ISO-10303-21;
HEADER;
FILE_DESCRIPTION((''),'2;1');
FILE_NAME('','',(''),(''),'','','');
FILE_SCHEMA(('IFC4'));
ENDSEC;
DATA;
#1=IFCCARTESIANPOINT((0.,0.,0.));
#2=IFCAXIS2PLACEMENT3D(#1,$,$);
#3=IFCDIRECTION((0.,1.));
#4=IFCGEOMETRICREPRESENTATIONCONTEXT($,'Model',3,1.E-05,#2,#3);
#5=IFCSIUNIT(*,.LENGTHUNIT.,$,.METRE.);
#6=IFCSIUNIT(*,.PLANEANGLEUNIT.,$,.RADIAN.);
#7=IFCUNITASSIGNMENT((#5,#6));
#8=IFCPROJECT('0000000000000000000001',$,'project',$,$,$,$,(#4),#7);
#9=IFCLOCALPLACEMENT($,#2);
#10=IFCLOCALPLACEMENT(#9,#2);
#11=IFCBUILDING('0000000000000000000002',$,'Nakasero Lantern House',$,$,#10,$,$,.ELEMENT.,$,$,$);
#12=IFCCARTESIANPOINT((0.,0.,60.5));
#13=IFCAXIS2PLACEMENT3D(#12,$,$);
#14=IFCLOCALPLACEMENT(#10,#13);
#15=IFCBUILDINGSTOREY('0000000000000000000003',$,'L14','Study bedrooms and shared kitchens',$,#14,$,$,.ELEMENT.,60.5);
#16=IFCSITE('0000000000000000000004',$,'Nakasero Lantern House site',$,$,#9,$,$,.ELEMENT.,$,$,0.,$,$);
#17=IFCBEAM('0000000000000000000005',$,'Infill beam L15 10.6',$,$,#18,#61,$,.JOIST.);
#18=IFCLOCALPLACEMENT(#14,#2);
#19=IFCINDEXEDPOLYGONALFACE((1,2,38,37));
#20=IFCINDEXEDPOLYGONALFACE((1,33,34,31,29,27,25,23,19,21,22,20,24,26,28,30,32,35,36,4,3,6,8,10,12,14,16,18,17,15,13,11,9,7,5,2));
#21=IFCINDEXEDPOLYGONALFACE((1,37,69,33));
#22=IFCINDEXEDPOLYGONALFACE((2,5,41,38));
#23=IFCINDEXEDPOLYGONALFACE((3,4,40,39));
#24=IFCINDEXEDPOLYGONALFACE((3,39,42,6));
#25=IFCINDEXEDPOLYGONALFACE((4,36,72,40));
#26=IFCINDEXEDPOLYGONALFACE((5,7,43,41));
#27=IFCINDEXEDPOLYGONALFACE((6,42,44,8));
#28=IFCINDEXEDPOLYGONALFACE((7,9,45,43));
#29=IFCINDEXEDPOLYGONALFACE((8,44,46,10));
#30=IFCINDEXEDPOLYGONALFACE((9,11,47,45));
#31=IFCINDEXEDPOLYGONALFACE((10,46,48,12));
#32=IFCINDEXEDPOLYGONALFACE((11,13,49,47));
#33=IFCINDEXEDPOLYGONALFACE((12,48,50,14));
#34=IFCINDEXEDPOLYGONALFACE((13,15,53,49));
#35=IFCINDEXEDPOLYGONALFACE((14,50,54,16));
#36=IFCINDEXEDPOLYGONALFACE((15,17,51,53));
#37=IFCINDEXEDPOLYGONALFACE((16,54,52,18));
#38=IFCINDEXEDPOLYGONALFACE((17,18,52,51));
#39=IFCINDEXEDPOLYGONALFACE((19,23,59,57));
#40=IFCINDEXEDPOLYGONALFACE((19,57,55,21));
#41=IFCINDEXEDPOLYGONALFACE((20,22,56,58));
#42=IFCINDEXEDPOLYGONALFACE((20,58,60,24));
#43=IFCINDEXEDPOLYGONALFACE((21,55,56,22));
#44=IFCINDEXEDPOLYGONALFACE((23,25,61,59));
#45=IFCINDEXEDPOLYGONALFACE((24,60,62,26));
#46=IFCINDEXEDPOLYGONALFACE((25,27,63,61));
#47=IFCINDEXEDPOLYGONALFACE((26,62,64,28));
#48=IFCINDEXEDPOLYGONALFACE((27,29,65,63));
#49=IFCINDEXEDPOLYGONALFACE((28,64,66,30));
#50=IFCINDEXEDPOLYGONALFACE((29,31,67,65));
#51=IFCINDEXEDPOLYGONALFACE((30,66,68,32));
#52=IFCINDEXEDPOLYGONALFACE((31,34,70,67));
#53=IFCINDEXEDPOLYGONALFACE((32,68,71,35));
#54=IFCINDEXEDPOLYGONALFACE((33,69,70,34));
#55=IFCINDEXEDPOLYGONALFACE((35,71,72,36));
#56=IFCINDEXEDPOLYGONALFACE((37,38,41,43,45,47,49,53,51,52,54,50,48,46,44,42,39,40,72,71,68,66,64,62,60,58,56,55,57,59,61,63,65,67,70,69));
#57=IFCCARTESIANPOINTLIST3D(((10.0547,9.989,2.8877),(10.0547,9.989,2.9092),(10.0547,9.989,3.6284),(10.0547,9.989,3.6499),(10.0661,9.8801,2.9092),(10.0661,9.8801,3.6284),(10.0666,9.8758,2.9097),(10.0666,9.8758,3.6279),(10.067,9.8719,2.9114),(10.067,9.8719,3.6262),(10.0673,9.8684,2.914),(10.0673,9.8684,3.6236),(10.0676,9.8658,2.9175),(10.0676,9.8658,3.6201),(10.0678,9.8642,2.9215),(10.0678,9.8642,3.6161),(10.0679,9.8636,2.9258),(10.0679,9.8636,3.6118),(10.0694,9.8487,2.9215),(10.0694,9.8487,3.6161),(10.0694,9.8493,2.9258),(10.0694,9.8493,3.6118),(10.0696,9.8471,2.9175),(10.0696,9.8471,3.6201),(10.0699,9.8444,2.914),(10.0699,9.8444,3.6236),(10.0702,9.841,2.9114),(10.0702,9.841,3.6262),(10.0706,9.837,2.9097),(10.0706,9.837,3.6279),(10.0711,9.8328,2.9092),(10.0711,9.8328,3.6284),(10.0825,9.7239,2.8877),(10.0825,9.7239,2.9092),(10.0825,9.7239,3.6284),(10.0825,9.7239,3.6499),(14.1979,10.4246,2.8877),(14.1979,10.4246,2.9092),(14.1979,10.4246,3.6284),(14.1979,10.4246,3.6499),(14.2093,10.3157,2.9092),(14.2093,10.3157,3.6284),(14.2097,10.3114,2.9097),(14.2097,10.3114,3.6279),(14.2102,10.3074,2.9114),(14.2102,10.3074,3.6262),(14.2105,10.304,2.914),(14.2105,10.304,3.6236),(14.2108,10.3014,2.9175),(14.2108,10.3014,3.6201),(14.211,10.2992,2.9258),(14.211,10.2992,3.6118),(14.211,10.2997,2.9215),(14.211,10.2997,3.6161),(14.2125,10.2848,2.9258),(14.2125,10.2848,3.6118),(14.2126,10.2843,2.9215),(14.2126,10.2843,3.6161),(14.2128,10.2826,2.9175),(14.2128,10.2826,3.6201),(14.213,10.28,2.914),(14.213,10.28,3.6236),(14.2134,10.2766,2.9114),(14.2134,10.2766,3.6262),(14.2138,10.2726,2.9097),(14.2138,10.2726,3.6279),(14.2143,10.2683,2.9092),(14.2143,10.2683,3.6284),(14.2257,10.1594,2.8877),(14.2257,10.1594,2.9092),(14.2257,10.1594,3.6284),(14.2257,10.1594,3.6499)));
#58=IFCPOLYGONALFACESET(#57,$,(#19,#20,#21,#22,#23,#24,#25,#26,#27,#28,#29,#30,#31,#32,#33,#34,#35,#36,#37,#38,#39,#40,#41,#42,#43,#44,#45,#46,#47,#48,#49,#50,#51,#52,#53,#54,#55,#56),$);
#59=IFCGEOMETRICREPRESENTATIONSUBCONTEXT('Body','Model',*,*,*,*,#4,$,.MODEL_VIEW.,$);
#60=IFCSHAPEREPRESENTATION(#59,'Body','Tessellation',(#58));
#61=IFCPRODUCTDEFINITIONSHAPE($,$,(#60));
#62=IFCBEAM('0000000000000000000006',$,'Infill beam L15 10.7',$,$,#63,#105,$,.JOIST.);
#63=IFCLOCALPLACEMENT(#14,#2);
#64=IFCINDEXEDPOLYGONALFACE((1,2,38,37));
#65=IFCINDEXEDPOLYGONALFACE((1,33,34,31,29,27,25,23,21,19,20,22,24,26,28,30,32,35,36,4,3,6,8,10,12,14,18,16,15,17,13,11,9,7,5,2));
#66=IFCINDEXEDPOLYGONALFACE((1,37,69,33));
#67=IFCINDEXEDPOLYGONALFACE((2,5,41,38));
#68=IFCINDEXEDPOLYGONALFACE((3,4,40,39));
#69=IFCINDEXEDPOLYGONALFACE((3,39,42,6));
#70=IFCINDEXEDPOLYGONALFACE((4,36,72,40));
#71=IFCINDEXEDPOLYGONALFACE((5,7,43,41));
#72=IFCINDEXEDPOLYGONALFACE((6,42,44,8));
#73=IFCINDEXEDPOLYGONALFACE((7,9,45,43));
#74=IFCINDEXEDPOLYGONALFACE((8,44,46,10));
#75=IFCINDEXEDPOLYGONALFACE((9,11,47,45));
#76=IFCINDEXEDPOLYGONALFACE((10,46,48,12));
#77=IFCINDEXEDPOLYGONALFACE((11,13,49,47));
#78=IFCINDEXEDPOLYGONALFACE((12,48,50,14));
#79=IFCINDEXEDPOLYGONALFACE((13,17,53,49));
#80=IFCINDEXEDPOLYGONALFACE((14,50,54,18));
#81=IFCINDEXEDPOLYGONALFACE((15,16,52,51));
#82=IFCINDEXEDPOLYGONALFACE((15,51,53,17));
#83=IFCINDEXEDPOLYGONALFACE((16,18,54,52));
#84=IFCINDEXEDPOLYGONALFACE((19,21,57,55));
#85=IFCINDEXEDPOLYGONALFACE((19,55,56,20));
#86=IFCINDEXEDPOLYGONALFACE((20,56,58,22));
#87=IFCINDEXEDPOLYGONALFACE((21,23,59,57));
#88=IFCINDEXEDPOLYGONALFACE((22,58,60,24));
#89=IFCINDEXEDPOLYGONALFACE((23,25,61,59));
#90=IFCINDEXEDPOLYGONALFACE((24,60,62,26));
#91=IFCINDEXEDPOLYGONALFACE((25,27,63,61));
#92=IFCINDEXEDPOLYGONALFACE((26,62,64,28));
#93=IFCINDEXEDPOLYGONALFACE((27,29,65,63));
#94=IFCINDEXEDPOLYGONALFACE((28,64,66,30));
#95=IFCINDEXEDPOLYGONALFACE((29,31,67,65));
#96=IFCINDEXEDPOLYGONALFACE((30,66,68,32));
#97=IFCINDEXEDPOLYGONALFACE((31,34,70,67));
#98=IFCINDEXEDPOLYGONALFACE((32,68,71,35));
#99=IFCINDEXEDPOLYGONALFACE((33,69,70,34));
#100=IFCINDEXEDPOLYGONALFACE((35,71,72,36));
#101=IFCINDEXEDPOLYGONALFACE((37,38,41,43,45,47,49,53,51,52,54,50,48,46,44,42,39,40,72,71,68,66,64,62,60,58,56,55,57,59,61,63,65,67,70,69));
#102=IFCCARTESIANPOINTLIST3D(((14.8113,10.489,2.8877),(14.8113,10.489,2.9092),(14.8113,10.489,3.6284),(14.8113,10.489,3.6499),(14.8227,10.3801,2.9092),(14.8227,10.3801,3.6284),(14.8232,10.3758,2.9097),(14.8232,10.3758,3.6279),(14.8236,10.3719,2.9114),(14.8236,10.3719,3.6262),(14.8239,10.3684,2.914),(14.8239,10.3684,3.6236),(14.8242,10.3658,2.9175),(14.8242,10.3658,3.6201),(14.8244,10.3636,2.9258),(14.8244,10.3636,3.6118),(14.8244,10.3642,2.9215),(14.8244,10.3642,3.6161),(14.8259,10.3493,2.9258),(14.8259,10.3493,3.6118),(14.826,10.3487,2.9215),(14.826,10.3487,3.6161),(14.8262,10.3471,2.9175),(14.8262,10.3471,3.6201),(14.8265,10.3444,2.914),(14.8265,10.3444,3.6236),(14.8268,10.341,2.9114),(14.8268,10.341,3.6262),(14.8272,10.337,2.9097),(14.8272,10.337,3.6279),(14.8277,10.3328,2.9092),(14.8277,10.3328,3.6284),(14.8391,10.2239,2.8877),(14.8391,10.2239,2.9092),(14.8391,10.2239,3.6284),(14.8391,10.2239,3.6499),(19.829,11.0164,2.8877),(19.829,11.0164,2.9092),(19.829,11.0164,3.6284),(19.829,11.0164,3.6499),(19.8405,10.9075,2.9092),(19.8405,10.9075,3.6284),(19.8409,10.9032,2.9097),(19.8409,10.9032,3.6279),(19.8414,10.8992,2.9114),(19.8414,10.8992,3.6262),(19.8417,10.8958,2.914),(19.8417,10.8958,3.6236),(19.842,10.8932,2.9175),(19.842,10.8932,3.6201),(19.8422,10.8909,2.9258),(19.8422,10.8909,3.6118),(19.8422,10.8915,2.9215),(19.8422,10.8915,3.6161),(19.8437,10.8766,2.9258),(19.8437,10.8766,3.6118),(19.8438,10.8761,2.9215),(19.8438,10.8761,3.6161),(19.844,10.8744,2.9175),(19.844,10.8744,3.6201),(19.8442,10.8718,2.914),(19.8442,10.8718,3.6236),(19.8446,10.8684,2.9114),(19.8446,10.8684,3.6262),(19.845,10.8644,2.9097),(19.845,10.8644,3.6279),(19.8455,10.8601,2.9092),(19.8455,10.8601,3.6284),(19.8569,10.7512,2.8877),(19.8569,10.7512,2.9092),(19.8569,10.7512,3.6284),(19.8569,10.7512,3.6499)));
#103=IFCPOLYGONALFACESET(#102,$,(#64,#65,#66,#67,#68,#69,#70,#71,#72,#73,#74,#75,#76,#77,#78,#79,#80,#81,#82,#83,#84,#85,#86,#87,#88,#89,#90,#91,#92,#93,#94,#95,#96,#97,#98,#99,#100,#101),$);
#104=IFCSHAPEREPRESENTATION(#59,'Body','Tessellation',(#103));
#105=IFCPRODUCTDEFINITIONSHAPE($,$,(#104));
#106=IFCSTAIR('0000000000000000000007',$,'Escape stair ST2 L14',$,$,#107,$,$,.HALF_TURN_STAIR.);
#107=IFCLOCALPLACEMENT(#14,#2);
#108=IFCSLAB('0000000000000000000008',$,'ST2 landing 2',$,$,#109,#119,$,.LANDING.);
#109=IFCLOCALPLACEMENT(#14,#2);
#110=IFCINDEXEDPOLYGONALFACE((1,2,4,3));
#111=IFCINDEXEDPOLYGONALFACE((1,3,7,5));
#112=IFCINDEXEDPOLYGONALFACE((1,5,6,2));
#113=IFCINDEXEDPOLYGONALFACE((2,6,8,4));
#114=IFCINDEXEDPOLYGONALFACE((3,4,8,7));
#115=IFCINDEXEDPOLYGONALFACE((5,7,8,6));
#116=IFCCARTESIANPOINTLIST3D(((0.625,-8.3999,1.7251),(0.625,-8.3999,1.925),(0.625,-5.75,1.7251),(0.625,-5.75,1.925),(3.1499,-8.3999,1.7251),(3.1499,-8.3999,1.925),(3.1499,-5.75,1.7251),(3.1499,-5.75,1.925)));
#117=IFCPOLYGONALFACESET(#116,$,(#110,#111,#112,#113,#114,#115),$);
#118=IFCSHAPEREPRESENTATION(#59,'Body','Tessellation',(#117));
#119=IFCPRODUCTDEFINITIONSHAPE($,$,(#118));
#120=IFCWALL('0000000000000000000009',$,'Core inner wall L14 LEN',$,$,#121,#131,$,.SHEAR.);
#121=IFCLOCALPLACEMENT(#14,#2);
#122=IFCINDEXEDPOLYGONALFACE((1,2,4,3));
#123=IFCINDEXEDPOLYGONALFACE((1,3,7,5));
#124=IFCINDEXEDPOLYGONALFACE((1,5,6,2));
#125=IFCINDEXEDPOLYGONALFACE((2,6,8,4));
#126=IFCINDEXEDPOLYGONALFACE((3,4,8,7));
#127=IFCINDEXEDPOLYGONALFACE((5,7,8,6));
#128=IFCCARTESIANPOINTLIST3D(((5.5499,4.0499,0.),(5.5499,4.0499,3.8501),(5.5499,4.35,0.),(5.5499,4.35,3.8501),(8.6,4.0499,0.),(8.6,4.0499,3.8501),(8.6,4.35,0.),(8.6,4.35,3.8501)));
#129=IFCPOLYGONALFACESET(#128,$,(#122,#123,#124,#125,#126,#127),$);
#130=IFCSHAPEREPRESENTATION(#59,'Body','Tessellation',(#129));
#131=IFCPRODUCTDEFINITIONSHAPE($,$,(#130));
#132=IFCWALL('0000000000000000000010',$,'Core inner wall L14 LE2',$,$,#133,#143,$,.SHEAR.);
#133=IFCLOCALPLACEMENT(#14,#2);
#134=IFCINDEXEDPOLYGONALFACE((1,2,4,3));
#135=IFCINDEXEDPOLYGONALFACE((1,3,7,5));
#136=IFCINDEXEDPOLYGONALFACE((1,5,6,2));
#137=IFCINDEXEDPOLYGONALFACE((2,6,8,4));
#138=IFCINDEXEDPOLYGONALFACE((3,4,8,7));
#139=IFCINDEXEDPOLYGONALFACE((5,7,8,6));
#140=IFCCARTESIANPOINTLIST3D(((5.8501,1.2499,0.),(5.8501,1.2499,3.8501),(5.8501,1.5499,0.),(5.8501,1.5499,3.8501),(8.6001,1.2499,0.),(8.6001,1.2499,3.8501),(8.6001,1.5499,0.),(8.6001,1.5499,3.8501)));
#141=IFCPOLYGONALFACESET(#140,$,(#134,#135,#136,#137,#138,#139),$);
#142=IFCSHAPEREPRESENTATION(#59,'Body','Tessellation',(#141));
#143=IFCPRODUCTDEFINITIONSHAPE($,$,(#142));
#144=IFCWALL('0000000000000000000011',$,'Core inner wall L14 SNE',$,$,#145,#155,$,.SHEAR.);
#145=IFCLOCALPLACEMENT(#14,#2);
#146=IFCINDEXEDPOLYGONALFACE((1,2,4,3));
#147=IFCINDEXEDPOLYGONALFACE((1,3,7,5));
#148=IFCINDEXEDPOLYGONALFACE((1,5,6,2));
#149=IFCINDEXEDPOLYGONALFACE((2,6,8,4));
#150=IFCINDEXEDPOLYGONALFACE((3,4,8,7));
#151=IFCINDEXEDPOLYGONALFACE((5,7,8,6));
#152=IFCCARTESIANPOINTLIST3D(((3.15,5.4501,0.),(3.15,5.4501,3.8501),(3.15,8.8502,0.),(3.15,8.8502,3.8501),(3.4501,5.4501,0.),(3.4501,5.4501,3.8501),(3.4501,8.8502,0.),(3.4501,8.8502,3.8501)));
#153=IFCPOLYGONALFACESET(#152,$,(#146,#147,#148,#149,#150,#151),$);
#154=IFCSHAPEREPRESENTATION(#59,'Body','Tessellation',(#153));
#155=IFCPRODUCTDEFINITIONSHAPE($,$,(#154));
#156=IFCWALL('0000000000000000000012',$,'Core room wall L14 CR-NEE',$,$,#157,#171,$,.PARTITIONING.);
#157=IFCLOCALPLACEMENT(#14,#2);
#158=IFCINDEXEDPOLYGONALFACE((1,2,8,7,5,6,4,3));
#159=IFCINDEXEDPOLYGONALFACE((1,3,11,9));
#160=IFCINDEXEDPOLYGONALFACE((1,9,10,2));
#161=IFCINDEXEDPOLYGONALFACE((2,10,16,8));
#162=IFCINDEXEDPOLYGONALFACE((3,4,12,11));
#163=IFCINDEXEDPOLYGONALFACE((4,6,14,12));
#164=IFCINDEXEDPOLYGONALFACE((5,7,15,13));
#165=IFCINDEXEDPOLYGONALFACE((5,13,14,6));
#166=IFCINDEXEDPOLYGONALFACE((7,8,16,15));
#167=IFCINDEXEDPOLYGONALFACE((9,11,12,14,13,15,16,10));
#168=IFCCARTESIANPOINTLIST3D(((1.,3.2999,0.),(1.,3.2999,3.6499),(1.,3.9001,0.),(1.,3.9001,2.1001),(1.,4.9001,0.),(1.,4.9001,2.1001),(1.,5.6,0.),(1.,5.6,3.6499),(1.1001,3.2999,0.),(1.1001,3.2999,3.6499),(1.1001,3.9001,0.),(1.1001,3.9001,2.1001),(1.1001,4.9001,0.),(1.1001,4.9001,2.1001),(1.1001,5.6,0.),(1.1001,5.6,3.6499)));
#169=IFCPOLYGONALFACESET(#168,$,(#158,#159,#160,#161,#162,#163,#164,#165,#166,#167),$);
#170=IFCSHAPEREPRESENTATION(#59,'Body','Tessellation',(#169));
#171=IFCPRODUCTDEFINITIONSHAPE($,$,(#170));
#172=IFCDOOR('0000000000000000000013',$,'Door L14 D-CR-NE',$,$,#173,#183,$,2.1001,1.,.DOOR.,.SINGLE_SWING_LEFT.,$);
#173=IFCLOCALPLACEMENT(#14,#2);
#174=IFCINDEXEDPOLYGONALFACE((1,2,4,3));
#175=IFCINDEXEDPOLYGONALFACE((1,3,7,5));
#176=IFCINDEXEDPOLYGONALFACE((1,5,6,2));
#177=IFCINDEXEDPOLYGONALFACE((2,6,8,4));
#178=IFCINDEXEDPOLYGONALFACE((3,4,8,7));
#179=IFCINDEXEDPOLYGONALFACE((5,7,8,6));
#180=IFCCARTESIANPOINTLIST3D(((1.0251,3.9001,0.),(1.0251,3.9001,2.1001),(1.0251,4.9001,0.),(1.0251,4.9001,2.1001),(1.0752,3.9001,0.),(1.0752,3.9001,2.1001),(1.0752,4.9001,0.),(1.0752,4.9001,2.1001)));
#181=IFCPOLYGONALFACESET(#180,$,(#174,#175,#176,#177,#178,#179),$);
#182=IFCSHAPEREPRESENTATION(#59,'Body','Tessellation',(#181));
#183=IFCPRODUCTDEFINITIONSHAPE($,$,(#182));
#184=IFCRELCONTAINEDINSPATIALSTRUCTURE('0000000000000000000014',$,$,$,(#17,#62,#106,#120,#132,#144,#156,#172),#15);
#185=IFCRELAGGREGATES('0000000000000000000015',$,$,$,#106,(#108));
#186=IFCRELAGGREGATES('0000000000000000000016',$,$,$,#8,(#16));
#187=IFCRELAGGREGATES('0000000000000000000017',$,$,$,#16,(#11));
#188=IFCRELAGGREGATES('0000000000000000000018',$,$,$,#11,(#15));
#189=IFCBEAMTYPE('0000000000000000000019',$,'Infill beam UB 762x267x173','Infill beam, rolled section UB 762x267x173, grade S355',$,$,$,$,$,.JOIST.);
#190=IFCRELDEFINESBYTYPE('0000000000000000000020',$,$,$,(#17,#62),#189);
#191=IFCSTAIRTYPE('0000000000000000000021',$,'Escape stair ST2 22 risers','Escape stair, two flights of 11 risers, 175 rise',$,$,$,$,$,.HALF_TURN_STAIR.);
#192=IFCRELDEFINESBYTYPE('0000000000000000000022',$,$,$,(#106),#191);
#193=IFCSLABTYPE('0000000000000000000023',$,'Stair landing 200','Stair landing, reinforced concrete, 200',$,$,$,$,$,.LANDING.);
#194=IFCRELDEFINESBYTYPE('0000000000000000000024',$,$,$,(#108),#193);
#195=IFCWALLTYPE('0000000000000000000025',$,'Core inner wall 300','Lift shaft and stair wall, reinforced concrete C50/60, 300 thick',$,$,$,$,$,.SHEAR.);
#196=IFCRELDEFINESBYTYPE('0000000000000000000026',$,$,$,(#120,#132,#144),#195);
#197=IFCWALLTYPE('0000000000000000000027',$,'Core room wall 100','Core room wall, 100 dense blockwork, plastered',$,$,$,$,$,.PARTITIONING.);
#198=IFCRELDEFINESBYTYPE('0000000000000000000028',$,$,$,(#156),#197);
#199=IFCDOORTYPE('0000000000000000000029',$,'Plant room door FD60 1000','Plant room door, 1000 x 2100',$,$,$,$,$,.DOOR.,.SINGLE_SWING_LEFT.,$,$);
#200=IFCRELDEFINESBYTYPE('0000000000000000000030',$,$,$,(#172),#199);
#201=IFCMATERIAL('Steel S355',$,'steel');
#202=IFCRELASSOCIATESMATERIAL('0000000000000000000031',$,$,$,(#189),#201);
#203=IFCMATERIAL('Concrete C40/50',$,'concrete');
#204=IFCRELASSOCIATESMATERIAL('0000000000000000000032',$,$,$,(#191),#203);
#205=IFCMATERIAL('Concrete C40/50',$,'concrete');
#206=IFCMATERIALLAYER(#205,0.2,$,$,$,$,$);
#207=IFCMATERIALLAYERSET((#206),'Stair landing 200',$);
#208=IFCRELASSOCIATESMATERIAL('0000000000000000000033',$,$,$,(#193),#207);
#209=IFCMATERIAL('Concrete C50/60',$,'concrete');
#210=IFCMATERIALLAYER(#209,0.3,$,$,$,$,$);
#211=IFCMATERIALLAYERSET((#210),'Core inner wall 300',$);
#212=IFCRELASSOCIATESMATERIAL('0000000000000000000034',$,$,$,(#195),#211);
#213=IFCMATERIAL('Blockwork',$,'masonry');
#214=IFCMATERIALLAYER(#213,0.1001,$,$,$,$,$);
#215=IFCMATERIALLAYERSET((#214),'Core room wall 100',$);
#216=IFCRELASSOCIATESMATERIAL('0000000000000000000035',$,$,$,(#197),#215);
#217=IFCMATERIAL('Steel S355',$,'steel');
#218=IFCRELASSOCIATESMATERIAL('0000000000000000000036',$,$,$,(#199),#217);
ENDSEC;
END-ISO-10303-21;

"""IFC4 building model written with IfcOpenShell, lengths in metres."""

from ifc_helpers import new_model, si_unit, direction, frame, frame_2d, origin, origin_2d, place, context, subcontext, project, spatial, polyline, rectangle, i_section, outline, extrude, material, layer, layer_set, material_profile, profile_set, type_object, element, fill, aggregate, save


model = new_model("IFC4")

# Units and contexts
model_context = context("Model", 3, precision=1e-05, world=origin(), true_north=direction((0.0, 1.0)))
body_context = subcontext(model_context, "Body", "Model", "MODEL_VIEW")
ifc_project = project(units=[si_unit("LENGTHUNIT", "METRE"), si_unit("PLANEANGLEUNIT", "RADIAN")], contexts=[model_context])

# Site, building, storey
site_placement = place(None, origin())
site = spatial("IfcSite", under=ifc_project, at=site_placement, Name="Nakasero Lantern House site", CompositionType="ELEMENT", RefElevation=0.0)
building_placement = place(site_placement, origin())
building = spatial("IfcBuilding", under=site, at=building_placement, Name="Nakasero Lantern House", CompositionType="ELEMENT")
storey_placement = place(building_placement, frame((0.0, 0.0, 60.5)))
storey = spatial("IfcBuildingStorey", under=building, at=storey_placement, Name="L14", Description="Study bedrooms and shared kitchens", CompositionType="ELEMENT", Elevation=60.5)

# Beams
ifc_material_1 = material(Name="Steel S355", Category="steel")
ifc_material_profile_1 = material_profile(ifc_material_1, i_section(OverallWidth=0.2666, OverallDepth=0.7622, WebThickness=0.0144, FlangeThickness=0.0215, FilletRadius=0.0166, at=origin_2d()), Name="UB 762x267x173")
ifc_profile_set_1 = profile_set([ifc_material_profile_1], Name="Steel S355")
beam_type_1 = type_object("IfcBeamType", Name="Infill beam UB 762x267x173", Description="Infill beam, rolled section UB 762x267x173, grade S355", PredefinedType="JOIST", material=ifc_profile_set_1)
beam_1_placement = place(storey_placement, frame((10.0686, 9.8564, 3.2688), z_axis=(0.99452, 0.104551, 0.0), x_axis=(-0.104551, 0.99452, 0.0)))
element("IfcBeam", 1, at=beam_1_placement, inside=storey, type_object=beam_type_1, Name="Infill beam L15 10.6", PredefinedType="JOIST", context=body_context, shape_type="SweptSolid", body=[
    extrude(i_section(OverallWidth=0.2666, OverallDepth=0.7622, WebThickness=0.0144, FlangeThickness=0.0215, FilletRadius=0.0166, at=origin_2d()), origin(), (0.0, 0.0, 1.0), 4.166),
])
beam_2_placement = place(storey_placement, frame((14.8252, 10.3564, 3.2688), z_axis=(0.994523, 0.104519, 0.0), x_axis=(-0.104519, 0.994523, 0.0)))
element("IfcBeam", 2, at=beam_2_placement, inside=storey, type_object=beam_type_1, Name="Infill beam L15 10.7", PredefinedType="JOIST", context=body_context, shape_type="SweptSolid", body=[
    extrude(i_section(OverallWidth=0.2666, OverallDepth=0.7622, WebThickness=0.0144, FlangeThickness=0.0215, FilletRadius=0.0166, at=origin_2d()), origin(), (0.0, 0.0, 1.0), 5.0454),
])

# Stair, slab
ifc_material_2 = material(Name="Concrete C40/50", Category="concrete")
stair_type_1 = type_object("IfcStairType", Name="Escape stair ST2 22 risers", Description="Escape stair, two flights of 11 risers, 175 rise", PredefinedType="HALF_TURN_STAIR", material=ifc_material_2)
stair_1_placement = place(storey_placement, origin())
stair_1 = element("IfcStair", 3, at=stair_1_placement, inside=storey, type_object=stair_type_1, Name="Escape stair ST2 L14", PredefinedType="HALF_TURN_STAIR")
ifc_material_3 = material(Name="Concrete C40/50", Category="concrete")
ifc_layer_1 = layer(ifc_material_3, 0.2)
ifc_layer_set_1 = layer_set([ifc_layer_1], Name="Stair landing 200")
slab_type = type_object("IfcSlabType", Name="Stair landing 200", Description="Stair landing, reinforced concrete, 200", PredefinedType="LANDING", material=ifc_layer_set_1)
slab_placement = place(storey_placement, frame((0.0, 0.0, 1.7251)))
slab = element("IfcSlab", 4, at=slab_placement, type_object=slab_type, Name="ST2 landing 2", PredefinedType="LANDING", context=body_context, shape_type="SweptSolid", body=[
    extrude(outline(polyline([(0.625, -8.3999), (3.1499, -8.3999), (3.1499, -5.75), (0.625, -5.75), (0.625, -8.3999)])), origin(), (0.0, 0.0, 1.0), 0.2),
])
aggregate(stair_1, [slab])

# Walls
ifc_material_4 = material(Name="Concrete C50/60", Category="concrete")
ifc_layer_2 = layer(ifc_material_4, 0.3)
ifc_layer_set_2 = layer_set([ifc_layer_2], Name="Core inner wall 300")
wall_type_1 = type_object("IfcWallType", Name="Core inner wall 300", Description="Lift shaft and stair wall, reinforced concrete C50/60, 300 thick", PredefinedType="SHEAR", material=ifc_layer_set_2)
wall_1_placement = place(storey_placement, frame((5.55, 4.2, 0.0), z_axis=(0.0, 0.0, 1.0), x_axis=(1.0, 0.0, 0.0)))
element("IfcWall", 5, at=wall_1_placement, inside=storey, type_object=wall_type_1, Name="Core inner wall L14 LEN", PredefinedType="SHEAR", context=body_context, shape_type="SweptSolid", body=[
    extrude(rectangle(XDim=3.05, YDim=0.3, at=frame_2d((1.5249, 0.0))), origin(), (0.0, 0.0, 1.0), 3.8501),
])
wall_2_placement = place(storey_placement, frame((5.8501, 1.3999, 0.0), z_axis=(0.0, 0.0, 1.0), x_axis=(1.0, 0.0, 0.0)))
element("IfcWall", 6, at=wall_2_placement, inside=storey, type_object=wall_type_1, Name="Core inner wall L14 LE2", PredefinedType="SHEAR", context=body_context, shape_type="SweptSolid", body=[
    extrude(rectangle(XDim=2.75, YDim=0.3, at=frame_2d((1.375, 0.0))), origin(), (0.0, 0.0, 1.0), 3.8501),
])
wall_3_placement = place(storey_placement, frame((3.3, 5.45, 0.0), z_axis=(0.0, 0.0, 1.0), x_axis=(0.0, 1.0, 0.0)))
element("IfcWall", 7, at=wall_3_placement, inside=storey, type_object=wall_type_1, Name="Core inner wall L14 SNE", PredefinedType="SHEAR", context=body_context, shape_type="SweptSolid", body=[
    extrude(rectangle(XDim=3.4001, YDim=0.3, at=frame_2d((1.7002, 0.0))), origin(), (0.0, 0.0, 1.0), 3.8501),
])

# Wall, opening, door
ifc_material_5 = material(Name="Blockwork", Category="masonry")
ifc_layer_3 = layer(ifc_material_5, 0.1001)
ifc_layer_set_3 = layer_set([ifc_layer_3], Name="Core room wall 100")
wall_type_2 = type_object("IfcWallType", Name="Core room wall 100", Description="Core room wall, 100 dense blockwork, plastered", PredefinedType="PARTITIONING", material=ifc_layer_set_3)
wall_4_placement = place(storey_placement, frame((1.05, 3.3, 0.0), z_axis=(0.0, 0.0, 1.0), x_axis=(0.0, 1.0, 0.0)))
wall_4 = element("IfcWall", 8, at=wall_4_placement, inside=storey, type_object=wall_type_2, Name="Core room wall L14 CR-NEE", PredefinedType="PARTITIONING", context=body_context, shape_type="SweptSolid", body=[
    extrude(rectangle(XDim=2.3, YDim=0.1001, at=frame_2d((1.1499, 0.0))), origin(), (0.0, 0.0, 1.0), 3.6499),
])
opening_1_placement = place(wall_4_placement, frame((0.6001, 0.0, 0.0)))
opening_1 = element("IfcOpeningElement", 9, at=opening_1_placement, cuts=wall_4, PredefinedType="OPENING", context=body_context, shape_type="SweptSolid", body=[
    extrude(rectangle(XDim=1.0, YDim=2.1001, at=frame_2d((0.5, 1.05))), frame((0.0, 0.0701, 0.0), z_axis=(0.0, -1.0, 0.0), x_axis=(1.0, 0.0, 0.0)), (0.0, 0.0, 1.0), 0.1401),
])
ifc_material_6 = material(Name="Steel S355", Category="steel")
door_type_1 = type_object("IfcDoorType", Name="Plant room door FD60 1000", Description="Plant room door, 1000 x 2100", OperationType="SINGLE_SWING_LEFT", PredefinedType="DOOR", material=ifc_material_6)
door_1_placement = place(opening_1_placement, origin())
door_1 = element("IfcDoor", 10, at=door_1_placement, inside=storey, type_object=door_type_1, Name="Door L14 D-CR-NE", OperationType="SINGLE_SWING_LEFT", OverallHeight=2.1001, OverallWidth=1.0, PredefinedType="DOOR", context=body_context, shape_type="SweptSolid", body=[
    extrude(rectangle(XDim=1.0, YDim=2.1001, at=frame_2d((0.5, 1.05))), frame((0.0, 0.0249, 0.0), z_axis=(0.0, -1.0, 0.0), x_axis=(1.0, 0.0, 0.0)), (0.0, 0.0, 1.0), 0.05),
])
fill(opening_1, door_1)

save(model, "model.ifc")
